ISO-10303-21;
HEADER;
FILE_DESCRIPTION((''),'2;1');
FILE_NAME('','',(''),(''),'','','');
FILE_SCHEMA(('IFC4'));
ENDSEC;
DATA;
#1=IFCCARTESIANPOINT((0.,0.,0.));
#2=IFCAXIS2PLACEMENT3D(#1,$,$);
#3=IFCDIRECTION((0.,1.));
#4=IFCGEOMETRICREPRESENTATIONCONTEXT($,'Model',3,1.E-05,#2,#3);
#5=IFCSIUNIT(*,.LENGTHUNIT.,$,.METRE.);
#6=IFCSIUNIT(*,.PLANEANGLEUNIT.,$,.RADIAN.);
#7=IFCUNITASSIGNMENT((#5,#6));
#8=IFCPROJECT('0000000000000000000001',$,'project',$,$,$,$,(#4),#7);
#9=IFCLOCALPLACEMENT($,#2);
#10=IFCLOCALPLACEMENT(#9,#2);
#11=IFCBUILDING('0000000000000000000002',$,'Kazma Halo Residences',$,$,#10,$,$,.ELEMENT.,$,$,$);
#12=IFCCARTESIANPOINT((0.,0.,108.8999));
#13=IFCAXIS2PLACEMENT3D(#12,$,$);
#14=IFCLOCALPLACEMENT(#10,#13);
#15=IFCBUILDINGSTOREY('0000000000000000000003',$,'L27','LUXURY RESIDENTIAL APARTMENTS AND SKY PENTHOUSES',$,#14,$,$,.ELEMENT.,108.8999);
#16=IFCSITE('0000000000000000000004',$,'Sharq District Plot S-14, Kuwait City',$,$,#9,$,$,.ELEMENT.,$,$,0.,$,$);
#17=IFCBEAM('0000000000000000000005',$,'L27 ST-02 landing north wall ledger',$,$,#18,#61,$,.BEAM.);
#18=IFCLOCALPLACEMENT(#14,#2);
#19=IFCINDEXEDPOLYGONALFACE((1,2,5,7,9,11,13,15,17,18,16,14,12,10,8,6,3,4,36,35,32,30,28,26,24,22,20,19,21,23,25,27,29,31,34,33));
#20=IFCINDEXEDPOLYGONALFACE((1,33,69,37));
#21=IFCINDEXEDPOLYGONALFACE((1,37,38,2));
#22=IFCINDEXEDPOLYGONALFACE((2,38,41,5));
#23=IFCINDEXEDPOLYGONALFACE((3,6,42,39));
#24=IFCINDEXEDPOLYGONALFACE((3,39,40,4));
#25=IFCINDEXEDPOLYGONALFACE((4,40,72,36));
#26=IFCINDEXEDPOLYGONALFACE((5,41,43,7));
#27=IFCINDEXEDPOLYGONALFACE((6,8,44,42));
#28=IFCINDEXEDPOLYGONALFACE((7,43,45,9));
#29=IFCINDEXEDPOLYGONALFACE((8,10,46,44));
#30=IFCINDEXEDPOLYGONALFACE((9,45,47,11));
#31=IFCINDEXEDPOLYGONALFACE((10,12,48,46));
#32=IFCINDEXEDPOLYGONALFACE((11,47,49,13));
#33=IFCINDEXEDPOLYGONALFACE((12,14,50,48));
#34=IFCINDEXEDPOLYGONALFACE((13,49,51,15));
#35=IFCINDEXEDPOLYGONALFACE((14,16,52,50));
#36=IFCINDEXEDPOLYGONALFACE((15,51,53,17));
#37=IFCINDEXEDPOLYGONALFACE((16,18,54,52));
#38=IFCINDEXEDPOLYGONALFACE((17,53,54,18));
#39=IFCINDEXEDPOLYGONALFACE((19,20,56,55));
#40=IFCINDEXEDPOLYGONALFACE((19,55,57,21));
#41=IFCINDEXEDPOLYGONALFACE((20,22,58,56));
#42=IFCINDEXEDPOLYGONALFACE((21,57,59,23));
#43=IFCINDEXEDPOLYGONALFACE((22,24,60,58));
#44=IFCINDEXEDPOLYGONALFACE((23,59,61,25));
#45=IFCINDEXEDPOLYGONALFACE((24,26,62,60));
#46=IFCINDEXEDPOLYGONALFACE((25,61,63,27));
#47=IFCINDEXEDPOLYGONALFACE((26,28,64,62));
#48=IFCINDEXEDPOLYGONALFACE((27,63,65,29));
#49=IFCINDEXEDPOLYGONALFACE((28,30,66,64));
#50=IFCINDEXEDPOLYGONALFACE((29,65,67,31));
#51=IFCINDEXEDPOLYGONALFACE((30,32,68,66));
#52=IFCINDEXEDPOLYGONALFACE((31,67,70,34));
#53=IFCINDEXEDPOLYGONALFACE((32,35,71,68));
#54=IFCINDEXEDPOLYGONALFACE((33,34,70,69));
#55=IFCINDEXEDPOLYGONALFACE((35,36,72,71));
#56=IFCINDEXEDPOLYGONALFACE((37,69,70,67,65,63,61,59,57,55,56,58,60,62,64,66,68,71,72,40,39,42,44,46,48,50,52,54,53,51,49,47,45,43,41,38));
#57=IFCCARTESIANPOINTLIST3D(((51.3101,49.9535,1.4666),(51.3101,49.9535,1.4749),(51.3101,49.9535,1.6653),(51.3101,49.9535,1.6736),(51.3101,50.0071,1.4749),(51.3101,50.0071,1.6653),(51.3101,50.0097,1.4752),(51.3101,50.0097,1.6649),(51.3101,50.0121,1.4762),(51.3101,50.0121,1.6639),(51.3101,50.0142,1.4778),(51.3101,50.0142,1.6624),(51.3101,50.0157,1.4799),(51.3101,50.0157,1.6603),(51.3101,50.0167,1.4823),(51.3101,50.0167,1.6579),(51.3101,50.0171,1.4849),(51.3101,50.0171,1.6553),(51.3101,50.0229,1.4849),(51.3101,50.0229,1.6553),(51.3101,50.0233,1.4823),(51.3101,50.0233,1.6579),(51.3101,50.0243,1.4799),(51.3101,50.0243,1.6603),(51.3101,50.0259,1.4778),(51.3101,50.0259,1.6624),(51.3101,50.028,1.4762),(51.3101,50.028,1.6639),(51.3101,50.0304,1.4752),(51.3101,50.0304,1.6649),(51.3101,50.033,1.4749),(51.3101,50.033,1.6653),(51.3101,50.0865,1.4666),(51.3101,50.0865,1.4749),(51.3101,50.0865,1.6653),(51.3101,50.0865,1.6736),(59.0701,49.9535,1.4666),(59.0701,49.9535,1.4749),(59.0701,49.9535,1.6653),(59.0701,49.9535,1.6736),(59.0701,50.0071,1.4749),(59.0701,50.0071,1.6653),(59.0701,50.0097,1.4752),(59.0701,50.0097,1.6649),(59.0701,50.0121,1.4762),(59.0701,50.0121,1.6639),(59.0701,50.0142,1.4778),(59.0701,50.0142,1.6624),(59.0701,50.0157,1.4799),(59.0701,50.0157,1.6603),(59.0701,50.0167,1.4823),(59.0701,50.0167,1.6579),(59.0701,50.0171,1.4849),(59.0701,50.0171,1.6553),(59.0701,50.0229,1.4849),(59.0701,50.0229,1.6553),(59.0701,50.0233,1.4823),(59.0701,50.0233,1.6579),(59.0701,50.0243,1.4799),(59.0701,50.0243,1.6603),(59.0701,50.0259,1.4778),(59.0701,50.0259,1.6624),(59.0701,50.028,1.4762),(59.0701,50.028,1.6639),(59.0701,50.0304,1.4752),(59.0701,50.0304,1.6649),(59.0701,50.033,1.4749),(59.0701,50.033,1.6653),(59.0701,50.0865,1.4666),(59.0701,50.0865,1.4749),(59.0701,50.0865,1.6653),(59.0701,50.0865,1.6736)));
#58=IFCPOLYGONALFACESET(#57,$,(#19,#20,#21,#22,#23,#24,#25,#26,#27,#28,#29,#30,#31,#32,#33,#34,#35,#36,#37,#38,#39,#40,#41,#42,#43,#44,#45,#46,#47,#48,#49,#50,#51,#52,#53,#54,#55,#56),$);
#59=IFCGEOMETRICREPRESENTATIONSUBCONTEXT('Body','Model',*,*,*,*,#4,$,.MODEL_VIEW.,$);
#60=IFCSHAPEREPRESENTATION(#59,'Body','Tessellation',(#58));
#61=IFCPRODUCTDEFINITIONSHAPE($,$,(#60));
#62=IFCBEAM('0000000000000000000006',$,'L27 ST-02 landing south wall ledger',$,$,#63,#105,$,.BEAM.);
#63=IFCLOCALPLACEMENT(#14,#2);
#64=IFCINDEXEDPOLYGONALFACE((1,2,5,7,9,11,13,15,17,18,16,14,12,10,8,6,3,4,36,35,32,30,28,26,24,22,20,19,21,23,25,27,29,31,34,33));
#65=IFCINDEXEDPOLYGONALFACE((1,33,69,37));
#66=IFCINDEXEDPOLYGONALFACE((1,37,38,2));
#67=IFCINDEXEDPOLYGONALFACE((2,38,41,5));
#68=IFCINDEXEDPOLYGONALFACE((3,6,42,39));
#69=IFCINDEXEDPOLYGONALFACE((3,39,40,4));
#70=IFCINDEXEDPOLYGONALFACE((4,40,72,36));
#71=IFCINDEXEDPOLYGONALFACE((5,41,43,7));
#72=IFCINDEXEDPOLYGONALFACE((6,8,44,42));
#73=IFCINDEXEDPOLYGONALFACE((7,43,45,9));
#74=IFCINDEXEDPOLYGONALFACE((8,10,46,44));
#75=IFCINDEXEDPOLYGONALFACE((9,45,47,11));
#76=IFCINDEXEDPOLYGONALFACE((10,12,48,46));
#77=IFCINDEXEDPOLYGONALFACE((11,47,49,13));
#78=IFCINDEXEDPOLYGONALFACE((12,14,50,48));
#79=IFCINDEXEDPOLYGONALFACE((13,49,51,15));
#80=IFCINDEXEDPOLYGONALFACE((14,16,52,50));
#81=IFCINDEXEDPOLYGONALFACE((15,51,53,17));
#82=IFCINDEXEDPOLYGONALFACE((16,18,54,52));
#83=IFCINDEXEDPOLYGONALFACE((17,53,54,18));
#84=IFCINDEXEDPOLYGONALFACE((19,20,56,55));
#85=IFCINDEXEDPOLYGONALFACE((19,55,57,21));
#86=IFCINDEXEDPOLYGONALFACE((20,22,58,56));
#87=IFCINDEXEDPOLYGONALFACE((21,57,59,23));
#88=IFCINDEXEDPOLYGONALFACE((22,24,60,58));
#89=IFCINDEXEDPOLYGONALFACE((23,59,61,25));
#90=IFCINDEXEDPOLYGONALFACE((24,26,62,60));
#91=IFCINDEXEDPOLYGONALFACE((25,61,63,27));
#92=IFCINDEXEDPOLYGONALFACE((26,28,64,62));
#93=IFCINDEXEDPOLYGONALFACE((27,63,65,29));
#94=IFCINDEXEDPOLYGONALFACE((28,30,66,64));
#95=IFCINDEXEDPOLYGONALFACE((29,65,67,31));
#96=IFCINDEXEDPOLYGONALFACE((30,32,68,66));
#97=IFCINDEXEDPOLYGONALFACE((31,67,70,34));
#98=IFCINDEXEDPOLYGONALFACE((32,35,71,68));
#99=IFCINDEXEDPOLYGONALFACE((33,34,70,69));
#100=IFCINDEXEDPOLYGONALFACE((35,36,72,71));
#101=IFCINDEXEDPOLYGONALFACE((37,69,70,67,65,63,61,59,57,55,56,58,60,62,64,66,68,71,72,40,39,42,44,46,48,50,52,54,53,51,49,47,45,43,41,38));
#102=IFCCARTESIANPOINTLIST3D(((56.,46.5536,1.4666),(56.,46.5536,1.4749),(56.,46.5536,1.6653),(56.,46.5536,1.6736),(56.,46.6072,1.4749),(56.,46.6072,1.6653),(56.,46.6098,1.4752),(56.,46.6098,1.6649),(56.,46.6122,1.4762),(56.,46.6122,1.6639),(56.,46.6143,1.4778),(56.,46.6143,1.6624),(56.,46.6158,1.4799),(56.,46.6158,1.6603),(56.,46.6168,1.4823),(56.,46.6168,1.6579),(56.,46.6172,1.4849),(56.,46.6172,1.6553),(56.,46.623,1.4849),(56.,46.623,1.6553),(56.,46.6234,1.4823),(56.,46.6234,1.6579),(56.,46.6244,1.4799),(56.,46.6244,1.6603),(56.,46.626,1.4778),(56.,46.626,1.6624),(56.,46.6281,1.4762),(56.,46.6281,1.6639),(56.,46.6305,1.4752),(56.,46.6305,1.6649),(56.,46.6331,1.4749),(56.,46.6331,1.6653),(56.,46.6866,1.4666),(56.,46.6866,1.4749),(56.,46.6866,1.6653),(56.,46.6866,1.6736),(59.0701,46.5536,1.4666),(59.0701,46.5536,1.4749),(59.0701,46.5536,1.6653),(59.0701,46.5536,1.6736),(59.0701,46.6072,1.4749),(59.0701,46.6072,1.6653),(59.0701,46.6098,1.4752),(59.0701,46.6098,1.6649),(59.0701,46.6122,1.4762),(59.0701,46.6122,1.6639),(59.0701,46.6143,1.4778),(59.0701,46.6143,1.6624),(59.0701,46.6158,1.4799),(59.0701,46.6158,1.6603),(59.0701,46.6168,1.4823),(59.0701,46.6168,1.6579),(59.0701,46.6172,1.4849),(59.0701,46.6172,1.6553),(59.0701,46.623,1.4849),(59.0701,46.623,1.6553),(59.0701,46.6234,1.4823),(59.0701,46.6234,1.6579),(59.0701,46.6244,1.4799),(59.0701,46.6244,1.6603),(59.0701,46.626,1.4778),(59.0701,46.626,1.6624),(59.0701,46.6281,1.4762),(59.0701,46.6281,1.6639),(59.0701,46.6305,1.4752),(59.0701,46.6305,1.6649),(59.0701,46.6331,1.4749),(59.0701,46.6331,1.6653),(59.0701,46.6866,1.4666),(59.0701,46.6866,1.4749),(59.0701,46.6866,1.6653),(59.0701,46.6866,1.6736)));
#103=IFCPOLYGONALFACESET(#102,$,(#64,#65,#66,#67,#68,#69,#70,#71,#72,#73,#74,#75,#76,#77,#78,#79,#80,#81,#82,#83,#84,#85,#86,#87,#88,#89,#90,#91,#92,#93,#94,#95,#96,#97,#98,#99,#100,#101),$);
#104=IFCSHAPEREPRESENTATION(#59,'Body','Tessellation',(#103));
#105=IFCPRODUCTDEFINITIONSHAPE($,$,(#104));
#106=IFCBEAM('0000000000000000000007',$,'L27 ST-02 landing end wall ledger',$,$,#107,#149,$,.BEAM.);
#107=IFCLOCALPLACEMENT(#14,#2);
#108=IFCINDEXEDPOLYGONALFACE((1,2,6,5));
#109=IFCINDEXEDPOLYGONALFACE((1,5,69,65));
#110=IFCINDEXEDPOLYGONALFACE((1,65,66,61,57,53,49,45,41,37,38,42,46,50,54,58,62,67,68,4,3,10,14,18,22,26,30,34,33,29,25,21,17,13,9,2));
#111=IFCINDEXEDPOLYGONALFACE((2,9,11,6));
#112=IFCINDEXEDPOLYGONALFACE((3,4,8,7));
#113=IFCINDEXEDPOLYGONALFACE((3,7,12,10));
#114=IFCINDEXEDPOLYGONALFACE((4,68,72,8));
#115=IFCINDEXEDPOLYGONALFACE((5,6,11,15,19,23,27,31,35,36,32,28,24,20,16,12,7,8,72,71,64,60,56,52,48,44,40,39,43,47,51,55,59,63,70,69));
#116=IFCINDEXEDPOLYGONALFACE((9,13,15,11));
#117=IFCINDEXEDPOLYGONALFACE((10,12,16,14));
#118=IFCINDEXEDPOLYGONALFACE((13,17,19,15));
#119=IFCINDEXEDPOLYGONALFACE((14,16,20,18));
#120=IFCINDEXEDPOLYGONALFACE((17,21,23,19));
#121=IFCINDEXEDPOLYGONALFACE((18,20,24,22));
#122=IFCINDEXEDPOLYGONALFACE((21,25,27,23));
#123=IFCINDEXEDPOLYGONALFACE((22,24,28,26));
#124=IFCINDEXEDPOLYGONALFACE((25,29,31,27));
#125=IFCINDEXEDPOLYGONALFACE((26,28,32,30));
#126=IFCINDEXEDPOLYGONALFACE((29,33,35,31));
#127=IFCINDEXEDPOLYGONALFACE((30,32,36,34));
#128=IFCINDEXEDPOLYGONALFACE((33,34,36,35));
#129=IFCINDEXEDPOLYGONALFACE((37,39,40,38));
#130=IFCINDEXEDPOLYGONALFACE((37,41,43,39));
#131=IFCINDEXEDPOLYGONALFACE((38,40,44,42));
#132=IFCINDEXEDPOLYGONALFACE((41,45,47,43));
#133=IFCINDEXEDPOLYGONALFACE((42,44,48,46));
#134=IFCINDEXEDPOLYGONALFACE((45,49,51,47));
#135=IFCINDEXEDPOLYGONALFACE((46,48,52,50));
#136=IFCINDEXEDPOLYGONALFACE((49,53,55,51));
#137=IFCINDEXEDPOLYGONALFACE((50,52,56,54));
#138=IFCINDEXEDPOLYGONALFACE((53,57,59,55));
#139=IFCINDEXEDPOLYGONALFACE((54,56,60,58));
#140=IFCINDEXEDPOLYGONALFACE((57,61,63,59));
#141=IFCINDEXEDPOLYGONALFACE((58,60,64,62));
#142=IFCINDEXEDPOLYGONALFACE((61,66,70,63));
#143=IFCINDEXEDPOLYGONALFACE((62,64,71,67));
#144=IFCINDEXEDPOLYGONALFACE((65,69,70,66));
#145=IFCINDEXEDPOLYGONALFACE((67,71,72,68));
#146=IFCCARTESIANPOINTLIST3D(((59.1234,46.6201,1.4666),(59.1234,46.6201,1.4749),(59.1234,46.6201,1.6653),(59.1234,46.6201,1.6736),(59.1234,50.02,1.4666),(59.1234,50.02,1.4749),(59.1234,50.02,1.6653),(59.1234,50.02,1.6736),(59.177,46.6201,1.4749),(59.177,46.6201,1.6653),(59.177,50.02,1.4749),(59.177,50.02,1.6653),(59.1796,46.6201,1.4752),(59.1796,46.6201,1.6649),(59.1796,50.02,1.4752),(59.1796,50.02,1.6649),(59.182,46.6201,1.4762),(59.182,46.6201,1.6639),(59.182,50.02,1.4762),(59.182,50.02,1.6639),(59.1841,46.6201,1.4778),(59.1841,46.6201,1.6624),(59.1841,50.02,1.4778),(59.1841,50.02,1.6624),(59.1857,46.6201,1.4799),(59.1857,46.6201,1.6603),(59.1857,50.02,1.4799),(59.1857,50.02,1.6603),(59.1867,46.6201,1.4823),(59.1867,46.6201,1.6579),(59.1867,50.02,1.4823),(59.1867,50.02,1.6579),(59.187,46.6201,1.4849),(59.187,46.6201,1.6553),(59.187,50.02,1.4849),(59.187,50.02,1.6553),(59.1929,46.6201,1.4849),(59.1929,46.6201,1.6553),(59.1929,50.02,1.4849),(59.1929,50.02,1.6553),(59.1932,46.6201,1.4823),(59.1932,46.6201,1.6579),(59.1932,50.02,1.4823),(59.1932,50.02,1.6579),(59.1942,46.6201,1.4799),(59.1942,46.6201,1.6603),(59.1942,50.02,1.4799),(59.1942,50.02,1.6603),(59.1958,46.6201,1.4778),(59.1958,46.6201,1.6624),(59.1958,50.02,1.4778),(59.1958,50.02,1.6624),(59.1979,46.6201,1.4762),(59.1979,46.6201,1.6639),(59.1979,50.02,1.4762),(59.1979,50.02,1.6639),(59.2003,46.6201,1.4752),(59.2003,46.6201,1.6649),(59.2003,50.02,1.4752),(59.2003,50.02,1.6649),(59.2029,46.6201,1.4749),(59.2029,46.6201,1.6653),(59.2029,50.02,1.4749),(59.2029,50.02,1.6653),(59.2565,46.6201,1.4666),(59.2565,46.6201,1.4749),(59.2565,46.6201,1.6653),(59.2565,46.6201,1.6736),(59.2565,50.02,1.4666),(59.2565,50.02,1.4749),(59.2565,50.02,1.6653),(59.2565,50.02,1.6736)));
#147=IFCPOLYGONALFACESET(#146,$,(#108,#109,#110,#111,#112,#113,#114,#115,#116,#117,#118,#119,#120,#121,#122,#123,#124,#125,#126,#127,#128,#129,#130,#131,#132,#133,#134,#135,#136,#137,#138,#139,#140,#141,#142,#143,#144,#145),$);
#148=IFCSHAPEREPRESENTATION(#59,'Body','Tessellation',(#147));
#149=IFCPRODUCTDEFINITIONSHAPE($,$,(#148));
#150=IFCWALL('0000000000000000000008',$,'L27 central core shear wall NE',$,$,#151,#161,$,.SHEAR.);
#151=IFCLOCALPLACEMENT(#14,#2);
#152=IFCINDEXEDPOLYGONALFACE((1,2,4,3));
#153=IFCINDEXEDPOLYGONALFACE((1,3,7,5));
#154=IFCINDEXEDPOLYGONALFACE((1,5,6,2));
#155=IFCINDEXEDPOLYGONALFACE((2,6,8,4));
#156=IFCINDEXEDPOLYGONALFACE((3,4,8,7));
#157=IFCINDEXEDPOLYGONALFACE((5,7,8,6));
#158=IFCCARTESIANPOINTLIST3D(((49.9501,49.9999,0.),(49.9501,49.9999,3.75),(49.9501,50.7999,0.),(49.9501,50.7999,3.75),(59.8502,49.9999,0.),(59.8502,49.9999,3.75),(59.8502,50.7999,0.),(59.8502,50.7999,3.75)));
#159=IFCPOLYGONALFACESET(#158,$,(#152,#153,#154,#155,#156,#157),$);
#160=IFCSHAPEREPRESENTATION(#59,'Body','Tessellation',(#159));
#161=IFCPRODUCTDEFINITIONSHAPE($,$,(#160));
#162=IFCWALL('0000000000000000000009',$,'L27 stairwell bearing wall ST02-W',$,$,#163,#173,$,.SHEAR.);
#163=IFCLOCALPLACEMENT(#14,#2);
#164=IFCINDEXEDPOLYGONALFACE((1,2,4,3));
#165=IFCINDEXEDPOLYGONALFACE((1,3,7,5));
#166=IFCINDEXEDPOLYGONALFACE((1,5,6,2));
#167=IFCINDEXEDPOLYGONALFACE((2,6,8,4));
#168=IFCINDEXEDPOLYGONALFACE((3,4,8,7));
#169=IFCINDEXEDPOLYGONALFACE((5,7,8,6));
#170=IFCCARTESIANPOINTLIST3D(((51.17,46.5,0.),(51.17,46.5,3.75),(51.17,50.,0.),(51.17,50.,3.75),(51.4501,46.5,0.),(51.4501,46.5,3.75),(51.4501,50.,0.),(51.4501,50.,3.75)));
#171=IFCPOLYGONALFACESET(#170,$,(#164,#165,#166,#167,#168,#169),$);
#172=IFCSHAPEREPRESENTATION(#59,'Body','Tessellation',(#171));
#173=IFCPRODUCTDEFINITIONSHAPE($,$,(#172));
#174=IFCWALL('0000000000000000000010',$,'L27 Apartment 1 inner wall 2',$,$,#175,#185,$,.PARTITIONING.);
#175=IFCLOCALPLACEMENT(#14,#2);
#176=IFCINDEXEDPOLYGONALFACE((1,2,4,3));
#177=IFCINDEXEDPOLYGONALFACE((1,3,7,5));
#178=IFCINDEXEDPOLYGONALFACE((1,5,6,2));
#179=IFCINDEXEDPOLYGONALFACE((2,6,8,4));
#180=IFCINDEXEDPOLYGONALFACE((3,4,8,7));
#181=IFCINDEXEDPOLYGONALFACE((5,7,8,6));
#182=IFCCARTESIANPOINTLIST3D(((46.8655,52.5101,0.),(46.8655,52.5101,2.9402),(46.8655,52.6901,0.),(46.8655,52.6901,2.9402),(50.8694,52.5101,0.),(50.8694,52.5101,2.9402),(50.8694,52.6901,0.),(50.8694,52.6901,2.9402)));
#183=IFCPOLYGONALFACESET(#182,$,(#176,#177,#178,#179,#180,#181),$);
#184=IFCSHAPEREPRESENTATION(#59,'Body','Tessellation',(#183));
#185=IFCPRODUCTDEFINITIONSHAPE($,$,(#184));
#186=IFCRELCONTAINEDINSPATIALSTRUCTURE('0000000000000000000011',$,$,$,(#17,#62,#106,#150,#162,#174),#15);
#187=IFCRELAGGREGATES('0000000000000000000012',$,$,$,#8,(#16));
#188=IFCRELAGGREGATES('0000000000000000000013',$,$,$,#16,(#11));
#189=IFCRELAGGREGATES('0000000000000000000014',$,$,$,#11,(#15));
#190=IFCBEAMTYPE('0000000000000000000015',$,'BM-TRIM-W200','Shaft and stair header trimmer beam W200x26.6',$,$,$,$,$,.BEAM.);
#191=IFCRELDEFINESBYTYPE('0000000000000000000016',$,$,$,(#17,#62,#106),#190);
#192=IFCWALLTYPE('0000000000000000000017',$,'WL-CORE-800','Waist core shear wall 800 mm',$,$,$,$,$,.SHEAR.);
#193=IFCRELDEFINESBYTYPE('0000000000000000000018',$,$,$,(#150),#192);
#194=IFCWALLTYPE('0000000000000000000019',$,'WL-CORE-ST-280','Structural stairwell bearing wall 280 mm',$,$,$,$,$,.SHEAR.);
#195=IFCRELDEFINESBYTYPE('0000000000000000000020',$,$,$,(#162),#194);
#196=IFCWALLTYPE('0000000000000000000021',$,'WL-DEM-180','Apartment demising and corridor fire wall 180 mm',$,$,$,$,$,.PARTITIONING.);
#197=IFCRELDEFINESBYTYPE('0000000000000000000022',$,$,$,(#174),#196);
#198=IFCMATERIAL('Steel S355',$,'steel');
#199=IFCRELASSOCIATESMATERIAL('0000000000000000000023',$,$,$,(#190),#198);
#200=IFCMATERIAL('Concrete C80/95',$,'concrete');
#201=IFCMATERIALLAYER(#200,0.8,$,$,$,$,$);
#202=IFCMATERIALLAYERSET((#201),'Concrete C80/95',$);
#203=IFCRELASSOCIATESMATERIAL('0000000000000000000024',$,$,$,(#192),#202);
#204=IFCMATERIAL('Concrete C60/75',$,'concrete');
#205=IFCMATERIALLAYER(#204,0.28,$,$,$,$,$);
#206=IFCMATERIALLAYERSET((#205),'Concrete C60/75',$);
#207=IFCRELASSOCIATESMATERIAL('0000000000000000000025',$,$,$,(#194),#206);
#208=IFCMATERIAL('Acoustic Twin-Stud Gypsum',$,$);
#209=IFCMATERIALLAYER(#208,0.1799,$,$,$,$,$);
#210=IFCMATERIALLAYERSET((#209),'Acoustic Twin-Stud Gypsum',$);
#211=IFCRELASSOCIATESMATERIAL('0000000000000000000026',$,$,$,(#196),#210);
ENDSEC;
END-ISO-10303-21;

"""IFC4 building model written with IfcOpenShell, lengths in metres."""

from ifc_helpers import new_model, si_unit, direction, frame, frame_2d, origin, origin_2d, place, context, subcontext, project, spatial, rectangle, i_section, extrude, material, layer, layer_set, material_profile, profile_set, type_object, element, save


model = new_model("IFC4")

# Units and contexts
model_context = context("Model", 3, precision=1e-05, world=origin(), true_north=direction((0.0, 1.0)))
body_context = subcontext(model_context, "Body", "Model", "MODEL_VIEW")
ifc_project = project(units=[si_unit("LENGTHUNIT", "METRE"), si_unit("PLANEANGLEUNIT", "RADIAN")], contexts=[model_context])

# Site, building, storey
site_placement = place(None, origin())
site = spatial("IfcSite", under=ifc_project, at=site_placement, Name="Sharq District Plot S-14, Kuwait City", CompositionType="ELEMENT", RefElevation=0.0)
building_placement = place(site_placement, origin())
building = spatial("IfcBuilding", under=site, at=building_placement, Name="Kazma Halo Residences", CompositionType="ELEMENT")
storey_placement = place(building_placement, frame((0.0, 0.0, 108.8999)))
storey = spatial("IfcBuildingStorey", under=building, at=storey_placement, Name="L27", Description="LUXURY RESIDENTIAL APARTMENTS AND SKY PENTHOUSES", CompositionType="ELEMENT", Elevation=108.8999)

# Shared definitions
ifc_material_1 = material(Name="Steel S355", Category="steel")

# Beams
ifc_material_profile_1 = material_profile(ifc_material_1, i_section(OverallWidth=0.1331, OverallDepth=0.207, WebThickness=0.0059, FlangeThickness=0.0083, FilletRadius=0.01, at=origin_2d()), Name="W200x26.6")
ifc_profile_set_1 = profile_set([ifc_material_profile_1], Name="Steel S355")
beam_type_1 = type_object("IfcBeamType", Name="BM-TRIM-W200", Description="Shaft and stair header trimmer beam W200x26.6", PredefinedType="BEAM", material=ifc_profile_set_1)
beam_1_placement = place(storey_placement, frame((51.3101, 50.02, 1.5701), z_axis=(1.0, 0.0, 0.0), x_axis=(0.0, 1.0, 0.0)))
element("IfcBeam", 1, at=beam_1_placement, inside=storey, type_object=beam_type_1, Name="L27 ST-02 landing north wall ledger", PredefinedType="BEAM", context=body_context, shape_type="SweptSolid", body=[
    extrude(i_section(OverallWidth=0.1331, OverallDepth=0.207, WebThickness=0.0059, FlangeThickness=0.0083, FilletRadius=0.01, at=origin_2d()), origin(), (0.0, 0.0, 1.0), 7.76),
])
beam_2_placement = place(storey_placement, frame((56.0, 46.6201, 1.5701), z_axis=(1.0, 0.0, 0.0), x_axis=(0.0, 1.0, 0.0)))
element("IfcBeam", 2, at=beam_2_placement, inside=storey, type_object=beam_type_1, Name="L27 ST-02 landing south wall ledger", PredefinedType="BEAM", context=body_context, shape_type="SweptSolid", body=[
    extrude(i_section(OverallWidth=0.1331, OverallDepth=0.207, WebThickness=0.0059, FlangeThickness=0.0083, FilletRadius=0.01, at=origin_2d()), origin(), (0.0, 0.0, 1.0), 3.0701),
])
beam_3_placement = place(storey_placement, frame((59.1899, 46.6201, 1.5701), z_axis=(0.0, 1.0, 0.0), x_axis=(-1.0, 0.0, 0.0)))
element("IfcBeam", 3, at=beam_3_placement, inside=storey, type_object=beam_type_1, Name="L27 ST-02 landing end wall ledger", PredefinedType="BEAM", context=body_context, shape_type="SweptSolid", body=[
    extrude(i_section(OverallWidth=0.1331, OverallDepth=0.207, WebThickness=0.0059, FlangeThickness=0.0083, FilletRadius=0.01, at=origin_2d()), origin(), (0.0, 0.0, 1.0), 3.3999),
])

# Walls
ifc_material_2 = material(Name="Concrete C80/95", Category="concrete")
ifc_layer_1 = layer(ifc_material_2, 0.8)
ifc_layer_set_1 = layer_set([ifc_layer_1], Name="Concrete C80/95")
wall_type_1 = type_object("IfcWallType", Name="WL-CORE-800", Description="Waist core shear wall 800 mm", PredefinedType="SHEAR", material=ifc_layer_set_1)
wall_1_placement = place(storey_placement, frame((49.95, 50.3999, 0.0), z_axis=(0.0, 0.0, 1.0), x_axis=(1.0, 0.0, 0.0)))
element("IfcWall", 4, at=wall_1_placement, inside=storey, type_object=wall_type_1, Name="L27 central core shear wall NE", PredefinedType="SHEAR", context=body_context, shape_type="SweptSolid", body=[
    extrude(rectangle(XDim=9.9001, YDim=0.8, at=frame_2d((4.9502, 0.0))), origin(), (0.0, 0.0, 1.0), 3.75),
])
ifc_material_3 = material(Name="Concrete C60/75", Category="concrete")
ifc_layer_2 = layer(ifc_material_3, 0.28)
ifc_layer_set_2 = layer_set([ifc_layer_2], Name="Concrete C60/75")
wall_type_2 = type_object("IfcWallType", Name="WL-CORE-ST-280", Description="Structural stairwell bearing wall 280 mm", PredefinedType="SHEAR", material=ifc_layer_set_2)
wall_2_placement = place(storey_placement, frame((51.3101, 46.5, 0.0), z_axis=(0.0, 0.0, 1.0), x_axis=(0.0, 1.0, 0.0)))
element("IfcWall", 5, at=wall_2_placement, inside=storey, type_object=wall_type_2, Name="L27 stairwell bearing wall ST02-W", PredefinedType="SHEAR", context=body_context, shape_type="SweptSolid", body=[
    extrude(rectangle(XDim=3.5, YDim=0.28, at=frame_2d((1.75, 0.0))), origin(), (0.0, 0.0, 1.0), 3.75),
])
ifc_material_4 = material(Name="Acoustic Twin-Stud Gypsum")
ifc_layer_3 = layer(ifc_material_4, 0.1799)
ifc_layer_set_3 = layer_set([ifc_layer_3], Name="Acoustic Twin-Stud Gypsum")
wall_type_3 = type_object("IfcWallType", Name="WL-DEM-180", Description="Apartment demising and corridor fire wall 180 mm", PredefinedType="PARTITIONING", material=ifc_layer_set_3)
wall_3_placement = place(storey_placement, frame((50.8694, 52.6001, 0.0), z_axis=(0.0, 0.0, 1.0), x_axis=(-1.0, 0.0, 0.0)))
element("IfcWall", 6, at=wall_3_placement, inside=storey, type_object=wall_type_3, Name="L27 Apartment 1 inner wall 2", PredefinedType="PARTITIONING", context=body_context, shape_type="SweptSolid", body=[
    extrude(rectangle(XDim=4.0039, YDim=0.1799, at=frame_2d((2.002, 0.0))), origin(), (0.0, 0.0, 1.0), 2.9402),
])

save(model, "model.ifc")
